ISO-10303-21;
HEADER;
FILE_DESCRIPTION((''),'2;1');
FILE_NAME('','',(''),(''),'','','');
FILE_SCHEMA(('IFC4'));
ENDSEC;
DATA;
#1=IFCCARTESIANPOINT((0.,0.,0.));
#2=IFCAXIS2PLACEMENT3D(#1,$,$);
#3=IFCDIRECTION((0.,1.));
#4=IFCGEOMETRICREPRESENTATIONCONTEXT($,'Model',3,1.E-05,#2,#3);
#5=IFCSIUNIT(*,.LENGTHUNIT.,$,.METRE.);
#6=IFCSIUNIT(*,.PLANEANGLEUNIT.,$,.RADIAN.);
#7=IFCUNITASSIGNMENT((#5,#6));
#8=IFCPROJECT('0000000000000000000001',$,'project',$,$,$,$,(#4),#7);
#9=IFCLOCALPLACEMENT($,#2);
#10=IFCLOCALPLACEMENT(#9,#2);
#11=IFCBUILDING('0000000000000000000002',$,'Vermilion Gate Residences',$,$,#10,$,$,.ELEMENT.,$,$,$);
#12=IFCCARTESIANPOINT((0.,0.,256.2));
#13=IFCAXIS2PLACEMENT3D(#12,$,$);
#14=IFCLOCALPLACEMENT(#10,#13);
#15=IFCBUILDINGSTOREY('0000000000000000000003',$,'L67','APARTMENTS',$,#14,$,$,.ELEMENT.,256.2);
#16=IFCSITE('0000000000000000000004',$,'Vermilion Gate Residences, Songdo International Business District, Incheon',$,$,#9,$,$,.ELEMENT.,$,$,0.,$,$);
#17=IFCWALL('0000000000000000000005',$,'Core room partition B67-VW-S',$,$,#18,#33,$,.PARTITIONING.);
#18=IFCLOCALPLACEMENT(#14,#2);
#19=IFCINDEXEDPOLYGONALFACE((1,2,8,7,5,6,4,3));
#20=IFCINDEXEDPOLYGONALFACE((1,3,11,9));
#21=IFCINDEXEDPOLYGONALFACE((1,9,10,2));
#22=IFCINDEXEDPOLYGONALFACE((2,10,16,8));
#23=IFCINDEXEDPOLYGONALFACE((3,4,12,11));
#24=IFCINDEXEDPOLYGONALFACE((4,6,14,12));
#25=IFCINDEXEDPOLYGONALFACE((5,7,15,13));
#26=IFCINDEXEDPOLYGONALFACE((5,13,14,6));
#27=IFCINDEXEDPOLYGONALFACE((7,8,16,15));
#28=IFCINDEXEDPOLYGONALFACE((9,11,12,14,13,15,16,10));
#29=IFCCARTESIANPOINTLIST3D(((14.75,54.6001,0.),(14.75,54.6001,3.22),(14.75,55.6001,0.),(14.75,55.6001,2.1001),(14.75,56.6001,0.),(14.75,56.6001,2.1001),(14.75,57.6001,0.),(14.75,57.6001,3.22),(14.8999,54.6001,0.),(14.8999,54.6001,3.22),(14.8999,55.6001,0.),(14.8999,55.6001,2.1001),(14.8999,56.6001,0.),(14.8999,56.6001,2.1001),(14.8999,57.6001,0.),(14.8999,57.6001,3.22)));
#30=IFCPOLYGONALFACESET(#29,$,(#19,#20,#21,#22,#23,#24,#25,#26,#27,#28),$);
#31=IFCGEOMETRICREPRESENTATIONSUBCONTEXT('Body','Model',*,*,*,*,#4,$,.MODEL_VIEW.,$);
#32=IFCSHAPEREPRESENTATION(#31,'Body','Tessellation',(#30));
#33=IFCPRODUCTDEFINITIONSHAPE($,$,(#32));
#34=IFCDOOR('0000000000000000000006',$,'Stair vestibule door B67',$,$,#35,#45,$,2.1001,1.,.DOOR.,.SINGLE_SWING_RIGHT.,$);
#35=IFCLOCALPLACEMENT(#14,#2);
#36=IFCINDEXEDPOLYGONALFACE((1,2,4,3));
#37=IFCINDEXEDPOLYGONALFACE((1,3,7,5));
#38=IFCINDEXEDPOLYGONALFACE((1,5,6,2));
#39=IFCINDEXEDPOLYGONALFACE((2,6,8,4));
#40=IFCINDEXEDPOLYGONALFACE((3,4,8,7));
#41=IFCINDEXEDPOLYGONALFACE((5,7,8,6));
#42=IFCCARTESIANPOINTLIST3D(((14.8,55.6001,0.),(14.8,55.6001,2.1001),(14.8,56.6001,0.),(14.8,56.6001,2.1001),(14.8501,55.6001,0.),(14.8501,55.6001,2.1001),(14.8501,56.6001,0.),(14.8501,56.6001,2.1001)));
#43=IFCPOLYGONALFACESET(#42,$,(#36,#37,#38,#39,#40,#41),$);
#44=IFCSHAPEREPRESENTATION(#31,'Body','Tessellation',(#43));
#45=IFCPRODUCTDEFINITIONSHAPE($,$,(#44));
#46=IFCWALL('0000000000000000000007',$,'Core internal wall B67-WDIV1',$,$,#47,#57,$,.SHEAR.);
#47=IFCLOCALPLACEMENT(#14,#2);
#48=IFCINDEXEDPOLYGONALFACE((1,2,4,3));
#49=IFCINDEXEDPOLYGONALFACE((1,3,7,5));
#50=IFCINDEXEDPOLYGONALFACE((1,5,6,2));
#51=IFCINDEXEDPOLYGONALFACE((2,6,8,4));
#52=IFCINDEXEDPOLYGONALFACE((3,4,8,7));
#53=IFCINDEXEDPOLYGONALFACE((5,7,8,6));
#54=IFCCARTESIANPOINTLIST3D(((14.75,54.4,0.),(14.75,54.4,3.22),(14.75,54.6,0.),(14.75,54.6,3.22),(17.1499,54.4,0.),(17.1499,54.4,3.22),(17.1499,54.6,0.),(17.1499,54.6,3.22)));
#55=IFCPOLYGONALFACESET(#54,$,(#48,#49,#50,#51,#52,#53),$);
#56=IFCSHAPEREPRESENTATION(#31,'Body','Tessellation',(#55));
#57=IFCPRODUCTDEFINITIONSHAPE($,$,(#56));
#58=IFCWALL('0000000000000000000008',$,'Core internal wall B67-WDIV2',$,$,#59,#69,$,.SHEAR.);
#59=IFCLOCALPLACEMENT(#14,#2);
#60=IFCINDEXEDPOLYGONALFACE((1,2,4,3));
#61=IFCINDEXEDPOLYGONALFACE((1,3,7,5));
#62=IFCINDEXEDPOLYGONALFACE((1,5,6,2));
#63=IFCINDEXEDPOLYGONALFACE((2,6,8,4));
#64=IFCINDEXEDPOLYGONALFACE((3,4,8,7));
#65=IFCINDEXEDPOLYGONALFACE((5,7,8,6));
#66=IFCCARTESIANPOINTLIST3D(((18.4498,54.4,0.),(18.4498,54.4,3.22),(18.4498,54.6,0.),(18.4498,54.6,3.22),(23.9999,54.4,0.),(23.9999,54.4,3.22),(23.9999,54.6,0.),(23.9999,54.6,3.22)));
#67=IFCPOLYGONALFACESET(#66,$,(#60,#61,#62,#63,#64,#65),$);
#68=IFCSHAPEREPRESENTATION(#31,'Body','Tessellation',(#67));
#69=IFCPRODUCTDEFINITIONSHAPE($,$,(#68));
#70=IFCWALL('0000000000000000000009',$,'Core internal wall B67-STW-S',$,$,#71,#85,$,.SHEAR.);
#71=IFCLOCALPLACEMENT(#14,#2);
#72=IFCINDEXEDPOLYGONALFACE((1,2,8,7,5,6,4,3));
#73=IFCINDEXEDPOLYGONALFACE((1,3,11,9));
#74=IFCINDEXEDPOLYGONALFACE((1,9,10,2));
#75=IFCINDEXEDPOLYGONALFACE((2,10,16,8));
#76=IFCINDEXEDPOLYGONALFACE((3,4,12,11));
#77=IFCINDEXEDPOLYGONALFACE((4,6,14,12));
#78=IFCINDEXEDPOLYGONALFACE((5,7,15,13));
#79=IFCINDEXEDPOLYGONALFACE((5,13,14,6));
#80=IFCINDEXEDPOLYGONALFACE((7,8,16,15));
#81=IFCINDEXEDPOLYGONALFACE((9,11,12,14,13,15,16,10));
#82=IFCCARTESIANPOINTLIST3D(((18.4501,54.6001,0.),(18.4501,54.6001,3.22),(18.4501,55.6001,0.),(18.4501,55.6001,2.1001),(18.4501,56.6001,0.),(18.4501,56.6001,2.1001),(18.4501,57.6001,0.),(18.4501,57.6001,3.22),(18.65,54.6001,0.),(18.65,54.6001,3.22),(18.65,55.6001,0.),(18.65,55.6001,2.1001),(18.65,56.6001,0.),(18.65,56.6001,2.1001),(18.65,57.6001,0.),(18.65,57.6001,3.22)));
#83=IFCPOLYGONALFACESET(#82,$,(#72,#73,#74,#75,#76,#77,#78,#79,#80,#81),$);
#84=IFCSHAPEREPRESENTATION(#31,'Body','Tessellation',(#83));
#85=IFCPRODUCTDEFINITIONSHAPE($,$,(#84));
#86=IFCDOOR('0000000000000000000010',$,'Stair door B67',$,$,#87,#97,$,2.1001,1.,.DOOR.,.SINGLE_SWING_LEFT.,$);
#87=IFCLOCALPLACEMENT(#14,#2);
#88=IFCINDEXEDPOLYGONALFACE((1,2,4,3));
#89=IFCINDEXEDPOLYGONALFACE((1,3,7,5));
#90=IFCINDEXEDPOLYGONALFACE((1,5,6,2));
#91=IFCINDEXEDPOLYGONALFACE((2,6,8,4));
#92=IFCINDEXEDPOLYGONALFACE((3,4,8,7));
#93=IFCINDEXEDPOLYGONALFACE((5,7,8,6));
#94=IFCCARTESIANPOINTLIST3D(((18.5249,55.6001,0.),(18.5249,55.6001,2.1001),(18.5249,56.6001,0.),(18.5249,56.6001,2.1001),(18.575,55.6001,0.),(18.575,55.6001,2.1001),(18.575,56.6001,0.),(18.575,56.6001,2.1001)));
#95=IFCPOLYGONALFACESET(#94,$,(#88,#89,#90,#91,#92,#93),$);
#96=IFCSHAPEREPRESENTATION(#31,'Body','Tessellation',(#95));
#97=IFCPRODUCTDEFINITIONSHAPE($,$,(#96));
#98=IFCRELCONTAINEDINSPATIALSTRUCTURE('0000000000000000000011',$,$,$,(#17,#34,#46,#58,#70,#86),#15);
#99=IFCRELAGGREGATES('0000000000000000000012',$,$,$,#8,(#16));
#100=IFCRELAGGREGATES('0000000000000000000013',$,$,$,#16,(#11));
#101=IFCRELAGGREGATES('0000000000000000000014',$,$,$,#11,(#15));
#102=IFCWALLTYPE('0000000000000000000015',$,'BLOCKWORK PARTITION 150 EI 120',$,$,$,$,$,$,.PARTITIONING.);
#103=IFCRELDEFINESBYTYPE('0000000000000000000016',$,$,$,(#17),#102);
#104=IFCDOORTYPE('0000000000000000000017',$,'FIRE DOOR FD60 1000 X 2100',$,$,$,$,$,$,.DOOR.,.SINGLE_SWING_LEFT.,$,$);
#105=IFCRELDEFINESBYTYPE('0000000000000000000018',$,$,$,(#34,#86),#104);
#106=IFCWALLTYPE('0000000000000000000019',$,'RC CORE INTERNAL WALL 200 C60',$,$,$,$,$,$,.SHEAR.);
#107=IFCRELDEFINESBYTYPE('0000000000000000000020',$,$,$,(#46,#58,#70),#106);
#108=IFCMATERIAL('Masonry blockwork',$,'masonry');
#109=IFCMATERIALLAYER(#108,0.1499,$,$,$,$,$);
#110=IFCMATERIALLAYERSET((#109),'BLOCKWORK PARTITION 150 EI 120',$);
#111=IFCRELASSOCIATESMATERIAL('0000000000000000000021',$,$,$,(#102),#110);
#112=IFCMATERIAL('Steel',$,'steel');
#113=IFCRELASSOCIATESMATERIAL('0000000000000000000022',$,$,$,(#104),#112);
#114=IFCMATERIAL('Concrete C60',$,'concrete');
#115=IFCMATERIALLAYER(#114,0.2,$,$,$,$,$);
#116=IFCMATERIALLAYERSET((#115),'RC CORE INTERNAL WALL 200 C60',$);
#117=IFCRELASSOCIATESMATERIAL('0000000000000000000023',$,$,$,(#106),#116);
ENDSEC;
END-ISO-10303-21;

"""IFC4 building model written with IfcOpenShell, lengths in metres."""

from ifc_helpers import new_model, si_unit, direction, frame, frame_2d, origin, place, context, subcontext, project, spatial, rectangle, extrude, material, layer, layer_set, type_object, element, fill, save


model = new_model("IFC4")

# Units and contexts
model_context = context("Model", 3, precision=1e-05, world=origin(), true_north=direction((0.0, 1.0)))
body_context = subcontext(model_context, "Body", "Model", "MODEL_VIEW")
ifc_project = project(units=[si_unit("LENGTHUNIT", "METRE"), si_unit("PLANEANGLEUNIT", "RADIAN")], contexts=[model_context])

# Site, building, storey
site_placement = place(None, origin())
site = spatial("IfcSite", under=ifc_project, at=site_placement, Name="Vermilion Gate Residences, Songdo International Business District, Incheon", CompositionType="ELEMENT", RefElevation=0.0)
building_placement = place(site_placement, origin())
building = spatial("IfcBuilding", under=site, at=building_placement, Name="Vermilion Gate Residences", CompositionType="ELEMENT")
storey_placement = place(building_placement, frame((0.0, 0.0, 256.2)))
storey = spatial("IfcBuildingStorey", under=building, at=storey_placement, Name="L67", Description="APARTMENTS", CompositionType="ELEMENT", Elevation=256.2)

# Wall, opening, door
ifc_material_1 = material(Name="Masonry blockwork", Category="masonry")
ifc_layer_1 = layer(ifc_material_1, 0.1499)
ifc_layer_set_1 = layer_set([ifc_layer_1], Name="BLOCKWORK PARTITION 150 EI 120")
wall_type_1 = type_object("IfcWallType", Name="BLOCKWORK PARTITION 150 EI 120", PredefinedType="PARTITIONING", material=ifc_layer_set_1)
wall_1_placement = place(storey_placement, frame((14.825, 57.6001, 0.0), z_axis=(0.0, 0.0, 1.0), x_axis=(0.0, -1.0, 0.0)))
wall_1 = element("IfcWall", 1, at=wall_1_placement, inside=storey, type_object=wall_type_1, Name="Core room partition B67-VW-S", PredefinedType="PARTITIONING", context=body_context, shape_type="SweptSolid", body=[
    extrude(rectangle(XDim=3.0, YDim=0.1499, at=frame_2d((1.5, 0.0))), origin(), (0.0, 0.0, 1.0), 3.22),
])
opening_1_placement = place(wall_1_placement, frame((1.0, 0.0, 0.0)))
opening_1 = element("IfcOpeningElement", 2, at=opening_1_placement, cuts=wall_1, PredefinedType="OPENING", context=body_context, shape_type="SweptSolid", body=[
    extrude(rectangle(XDim=1.0, YDim=2.1001, at=frame_2d((0.5, 1.05))), frame((0.0, 0.085, 0.0), z_axis=(0.0, -1.0, 0.0), x_axis=(1.0, 0.0, 0.0)), (0.0, 0.0, 1.0), 0.1699),
])
ifc_material_2 = material(Name="Steel", Category="steel")
door_type = type_object("IfcDoorType", Name="FIRE DOOR FD60 1000 X 2100", OperationType="SINGLE_SWING_LEFT", PredefinedType="DOOR", material=ifc_material_2)
door_1_placement = place(opening_1_placement, frame((1.0, 0.0, 0.0), z_axis=(0.0, 0.0, 1.0), x_axis=(-1.0, 0.0, 0.0)))
door_1 = element("IfcDoor", 3, at=door_1_placement, inside=storey, type_object=door_type, Name="Stair vestibule door B67", OperationType="SINGLE_SWING_RIGHT", OverallHeight=2.1001, OverallWidth=1.0, PredefinedType="DOOR", context=body_context, shape_type="SweptSolid", body=[
    extrude(rectangle(XDim=1.0, YDim=2.1001, at=frame_2d((0.5, 1.05))), frame((0.0, 0.0249, 0.0), z_axis=(0.0, -1.0, 0.0), x_axis=(1.0, 0.0, 0.0)), (0.0, 0.0, 1.0), 0.05),
])
fill(opening_1, door_1)

# Walls
ifc_material_3 = material(Name="Concrete C60", Category="concrete")
ifc_layer_2 = layer(ifc_material_3, 0.2)
ifc_layer_set_2 = layer_set([ifc_layer_2], Name="RC CORE INTERNAL WALL 200 C60")
wall_type_2 = type_object("IfcWallType", Name="RC CORE INTERNAL WALL 200 C60", PredefinedType="SHEAR", material=ifc_layer_set_2)
wall_2_placement = place(storey_placement, frame((14.75, 54.5, 0.0), z_axis=(0.0, 0.0, 1.0), x_axis=(1.0, 0.0, 0.0)))
element("IfcWall", 4, at=wall_2_placement, inside=storey, type_object=wall_type_2, Name="Core internal wall B67-WDIV1", PredefinedType="SHEAR", context=body_context, shape_type="SweptSolid", body=[
    extrude(rectangle(XDim=2.3999, YDim=0.2, at=frame_2d((1.2, 0.0))), origin(), (0.0, 0.0, 1.0), 3.22),
])
wall_3_placement = place(storey_placement, frame((18.45, 54.5, 0.0), z_axis=(0.0, 0.0, 1.0), x_axis=(1.0, 0.0, 0.0)))
element("IfcWall", 5, at=wall_3_placement, inside=storey, type_object=wall_type_2, Name="Core internal wall B67-WDIV2", PredefinedType="SHEAR", context=body_context, shape_type="SweptSolid", body=[
    extrude(rectangle(XDim=5.55, YDim=0.2, at=frame_2d((2.7749, 0.0))), origin(), (0.0, 0.0, 1.0), 3.22),
])

# Wall, opening, door
wall_4_placement = place(storey_placement, frame((18.55, 57.6001, 0.0), z_axis=(0.0, 0.0, 1.0), x_axis=(0.0, -1.0, 0.0)))
wall_4 = element("IfcWall", 6, at=wall_4_placement, inside=storey, type_object=wall_type_2, Name="Core internal wall B67-STW-S", PredefinedType="SHEAR", context=body_context, shape_type="SweptSolid", body=[
    extrude(rectangle(XDim=3.0, YDim=0.2, at=frame_2d((1.5, 0.0))), origin(), (0.0, 0.0, 1.0), 3.22),
])
opening_2_placement = place(wall_4_placement, frame((1.0, 0.0, 0.0)))
opening_2 = element("IfcOpeningElement", 7, at=opening_2_placement, cuts=wall_4, PredefinedType="OPENING", context=body_context, shape_type="SweptSolid", body=[
    extrude(rectangle(XDim=1.0, YDim=2.1001, at=frame_2d((0.5, 1.05))), frame((0.0, 0.1099, 0.0), z_axis=(0.0, -1.0, 0.0), x_axis=(1.0, 0.0, 0.0)), (0.0, 0.0, 1.0), 0.22),
])
door_2_placement = place(opening_2_placement, origin())
door_2 = element("IfcDoor", 8, at=door_2_placement, inside=storey, type_object=door_type, Name="Stair door B67", OperationType="SINGLE_SWING_LEFT", OverallHeight=2.1001, OverallWidth=1.0, PredefinedType="DOOR", context=body_context, shape_type="SweptSolid", body=[
    extrude(rectangle(XDim=1.0, YDim=2.1001, at=frame_2d((0.5, 1.05))), frame((0.0, 0.0249, 0.0), z_axis=(0.0, -1.0, 0.0), x_axis=(1.0, 0.0, 0.0)), (0.0, 0.0, 1.0), 0.05),
])
fill(opening_2, door_2)

save(model, "model.ifc")
